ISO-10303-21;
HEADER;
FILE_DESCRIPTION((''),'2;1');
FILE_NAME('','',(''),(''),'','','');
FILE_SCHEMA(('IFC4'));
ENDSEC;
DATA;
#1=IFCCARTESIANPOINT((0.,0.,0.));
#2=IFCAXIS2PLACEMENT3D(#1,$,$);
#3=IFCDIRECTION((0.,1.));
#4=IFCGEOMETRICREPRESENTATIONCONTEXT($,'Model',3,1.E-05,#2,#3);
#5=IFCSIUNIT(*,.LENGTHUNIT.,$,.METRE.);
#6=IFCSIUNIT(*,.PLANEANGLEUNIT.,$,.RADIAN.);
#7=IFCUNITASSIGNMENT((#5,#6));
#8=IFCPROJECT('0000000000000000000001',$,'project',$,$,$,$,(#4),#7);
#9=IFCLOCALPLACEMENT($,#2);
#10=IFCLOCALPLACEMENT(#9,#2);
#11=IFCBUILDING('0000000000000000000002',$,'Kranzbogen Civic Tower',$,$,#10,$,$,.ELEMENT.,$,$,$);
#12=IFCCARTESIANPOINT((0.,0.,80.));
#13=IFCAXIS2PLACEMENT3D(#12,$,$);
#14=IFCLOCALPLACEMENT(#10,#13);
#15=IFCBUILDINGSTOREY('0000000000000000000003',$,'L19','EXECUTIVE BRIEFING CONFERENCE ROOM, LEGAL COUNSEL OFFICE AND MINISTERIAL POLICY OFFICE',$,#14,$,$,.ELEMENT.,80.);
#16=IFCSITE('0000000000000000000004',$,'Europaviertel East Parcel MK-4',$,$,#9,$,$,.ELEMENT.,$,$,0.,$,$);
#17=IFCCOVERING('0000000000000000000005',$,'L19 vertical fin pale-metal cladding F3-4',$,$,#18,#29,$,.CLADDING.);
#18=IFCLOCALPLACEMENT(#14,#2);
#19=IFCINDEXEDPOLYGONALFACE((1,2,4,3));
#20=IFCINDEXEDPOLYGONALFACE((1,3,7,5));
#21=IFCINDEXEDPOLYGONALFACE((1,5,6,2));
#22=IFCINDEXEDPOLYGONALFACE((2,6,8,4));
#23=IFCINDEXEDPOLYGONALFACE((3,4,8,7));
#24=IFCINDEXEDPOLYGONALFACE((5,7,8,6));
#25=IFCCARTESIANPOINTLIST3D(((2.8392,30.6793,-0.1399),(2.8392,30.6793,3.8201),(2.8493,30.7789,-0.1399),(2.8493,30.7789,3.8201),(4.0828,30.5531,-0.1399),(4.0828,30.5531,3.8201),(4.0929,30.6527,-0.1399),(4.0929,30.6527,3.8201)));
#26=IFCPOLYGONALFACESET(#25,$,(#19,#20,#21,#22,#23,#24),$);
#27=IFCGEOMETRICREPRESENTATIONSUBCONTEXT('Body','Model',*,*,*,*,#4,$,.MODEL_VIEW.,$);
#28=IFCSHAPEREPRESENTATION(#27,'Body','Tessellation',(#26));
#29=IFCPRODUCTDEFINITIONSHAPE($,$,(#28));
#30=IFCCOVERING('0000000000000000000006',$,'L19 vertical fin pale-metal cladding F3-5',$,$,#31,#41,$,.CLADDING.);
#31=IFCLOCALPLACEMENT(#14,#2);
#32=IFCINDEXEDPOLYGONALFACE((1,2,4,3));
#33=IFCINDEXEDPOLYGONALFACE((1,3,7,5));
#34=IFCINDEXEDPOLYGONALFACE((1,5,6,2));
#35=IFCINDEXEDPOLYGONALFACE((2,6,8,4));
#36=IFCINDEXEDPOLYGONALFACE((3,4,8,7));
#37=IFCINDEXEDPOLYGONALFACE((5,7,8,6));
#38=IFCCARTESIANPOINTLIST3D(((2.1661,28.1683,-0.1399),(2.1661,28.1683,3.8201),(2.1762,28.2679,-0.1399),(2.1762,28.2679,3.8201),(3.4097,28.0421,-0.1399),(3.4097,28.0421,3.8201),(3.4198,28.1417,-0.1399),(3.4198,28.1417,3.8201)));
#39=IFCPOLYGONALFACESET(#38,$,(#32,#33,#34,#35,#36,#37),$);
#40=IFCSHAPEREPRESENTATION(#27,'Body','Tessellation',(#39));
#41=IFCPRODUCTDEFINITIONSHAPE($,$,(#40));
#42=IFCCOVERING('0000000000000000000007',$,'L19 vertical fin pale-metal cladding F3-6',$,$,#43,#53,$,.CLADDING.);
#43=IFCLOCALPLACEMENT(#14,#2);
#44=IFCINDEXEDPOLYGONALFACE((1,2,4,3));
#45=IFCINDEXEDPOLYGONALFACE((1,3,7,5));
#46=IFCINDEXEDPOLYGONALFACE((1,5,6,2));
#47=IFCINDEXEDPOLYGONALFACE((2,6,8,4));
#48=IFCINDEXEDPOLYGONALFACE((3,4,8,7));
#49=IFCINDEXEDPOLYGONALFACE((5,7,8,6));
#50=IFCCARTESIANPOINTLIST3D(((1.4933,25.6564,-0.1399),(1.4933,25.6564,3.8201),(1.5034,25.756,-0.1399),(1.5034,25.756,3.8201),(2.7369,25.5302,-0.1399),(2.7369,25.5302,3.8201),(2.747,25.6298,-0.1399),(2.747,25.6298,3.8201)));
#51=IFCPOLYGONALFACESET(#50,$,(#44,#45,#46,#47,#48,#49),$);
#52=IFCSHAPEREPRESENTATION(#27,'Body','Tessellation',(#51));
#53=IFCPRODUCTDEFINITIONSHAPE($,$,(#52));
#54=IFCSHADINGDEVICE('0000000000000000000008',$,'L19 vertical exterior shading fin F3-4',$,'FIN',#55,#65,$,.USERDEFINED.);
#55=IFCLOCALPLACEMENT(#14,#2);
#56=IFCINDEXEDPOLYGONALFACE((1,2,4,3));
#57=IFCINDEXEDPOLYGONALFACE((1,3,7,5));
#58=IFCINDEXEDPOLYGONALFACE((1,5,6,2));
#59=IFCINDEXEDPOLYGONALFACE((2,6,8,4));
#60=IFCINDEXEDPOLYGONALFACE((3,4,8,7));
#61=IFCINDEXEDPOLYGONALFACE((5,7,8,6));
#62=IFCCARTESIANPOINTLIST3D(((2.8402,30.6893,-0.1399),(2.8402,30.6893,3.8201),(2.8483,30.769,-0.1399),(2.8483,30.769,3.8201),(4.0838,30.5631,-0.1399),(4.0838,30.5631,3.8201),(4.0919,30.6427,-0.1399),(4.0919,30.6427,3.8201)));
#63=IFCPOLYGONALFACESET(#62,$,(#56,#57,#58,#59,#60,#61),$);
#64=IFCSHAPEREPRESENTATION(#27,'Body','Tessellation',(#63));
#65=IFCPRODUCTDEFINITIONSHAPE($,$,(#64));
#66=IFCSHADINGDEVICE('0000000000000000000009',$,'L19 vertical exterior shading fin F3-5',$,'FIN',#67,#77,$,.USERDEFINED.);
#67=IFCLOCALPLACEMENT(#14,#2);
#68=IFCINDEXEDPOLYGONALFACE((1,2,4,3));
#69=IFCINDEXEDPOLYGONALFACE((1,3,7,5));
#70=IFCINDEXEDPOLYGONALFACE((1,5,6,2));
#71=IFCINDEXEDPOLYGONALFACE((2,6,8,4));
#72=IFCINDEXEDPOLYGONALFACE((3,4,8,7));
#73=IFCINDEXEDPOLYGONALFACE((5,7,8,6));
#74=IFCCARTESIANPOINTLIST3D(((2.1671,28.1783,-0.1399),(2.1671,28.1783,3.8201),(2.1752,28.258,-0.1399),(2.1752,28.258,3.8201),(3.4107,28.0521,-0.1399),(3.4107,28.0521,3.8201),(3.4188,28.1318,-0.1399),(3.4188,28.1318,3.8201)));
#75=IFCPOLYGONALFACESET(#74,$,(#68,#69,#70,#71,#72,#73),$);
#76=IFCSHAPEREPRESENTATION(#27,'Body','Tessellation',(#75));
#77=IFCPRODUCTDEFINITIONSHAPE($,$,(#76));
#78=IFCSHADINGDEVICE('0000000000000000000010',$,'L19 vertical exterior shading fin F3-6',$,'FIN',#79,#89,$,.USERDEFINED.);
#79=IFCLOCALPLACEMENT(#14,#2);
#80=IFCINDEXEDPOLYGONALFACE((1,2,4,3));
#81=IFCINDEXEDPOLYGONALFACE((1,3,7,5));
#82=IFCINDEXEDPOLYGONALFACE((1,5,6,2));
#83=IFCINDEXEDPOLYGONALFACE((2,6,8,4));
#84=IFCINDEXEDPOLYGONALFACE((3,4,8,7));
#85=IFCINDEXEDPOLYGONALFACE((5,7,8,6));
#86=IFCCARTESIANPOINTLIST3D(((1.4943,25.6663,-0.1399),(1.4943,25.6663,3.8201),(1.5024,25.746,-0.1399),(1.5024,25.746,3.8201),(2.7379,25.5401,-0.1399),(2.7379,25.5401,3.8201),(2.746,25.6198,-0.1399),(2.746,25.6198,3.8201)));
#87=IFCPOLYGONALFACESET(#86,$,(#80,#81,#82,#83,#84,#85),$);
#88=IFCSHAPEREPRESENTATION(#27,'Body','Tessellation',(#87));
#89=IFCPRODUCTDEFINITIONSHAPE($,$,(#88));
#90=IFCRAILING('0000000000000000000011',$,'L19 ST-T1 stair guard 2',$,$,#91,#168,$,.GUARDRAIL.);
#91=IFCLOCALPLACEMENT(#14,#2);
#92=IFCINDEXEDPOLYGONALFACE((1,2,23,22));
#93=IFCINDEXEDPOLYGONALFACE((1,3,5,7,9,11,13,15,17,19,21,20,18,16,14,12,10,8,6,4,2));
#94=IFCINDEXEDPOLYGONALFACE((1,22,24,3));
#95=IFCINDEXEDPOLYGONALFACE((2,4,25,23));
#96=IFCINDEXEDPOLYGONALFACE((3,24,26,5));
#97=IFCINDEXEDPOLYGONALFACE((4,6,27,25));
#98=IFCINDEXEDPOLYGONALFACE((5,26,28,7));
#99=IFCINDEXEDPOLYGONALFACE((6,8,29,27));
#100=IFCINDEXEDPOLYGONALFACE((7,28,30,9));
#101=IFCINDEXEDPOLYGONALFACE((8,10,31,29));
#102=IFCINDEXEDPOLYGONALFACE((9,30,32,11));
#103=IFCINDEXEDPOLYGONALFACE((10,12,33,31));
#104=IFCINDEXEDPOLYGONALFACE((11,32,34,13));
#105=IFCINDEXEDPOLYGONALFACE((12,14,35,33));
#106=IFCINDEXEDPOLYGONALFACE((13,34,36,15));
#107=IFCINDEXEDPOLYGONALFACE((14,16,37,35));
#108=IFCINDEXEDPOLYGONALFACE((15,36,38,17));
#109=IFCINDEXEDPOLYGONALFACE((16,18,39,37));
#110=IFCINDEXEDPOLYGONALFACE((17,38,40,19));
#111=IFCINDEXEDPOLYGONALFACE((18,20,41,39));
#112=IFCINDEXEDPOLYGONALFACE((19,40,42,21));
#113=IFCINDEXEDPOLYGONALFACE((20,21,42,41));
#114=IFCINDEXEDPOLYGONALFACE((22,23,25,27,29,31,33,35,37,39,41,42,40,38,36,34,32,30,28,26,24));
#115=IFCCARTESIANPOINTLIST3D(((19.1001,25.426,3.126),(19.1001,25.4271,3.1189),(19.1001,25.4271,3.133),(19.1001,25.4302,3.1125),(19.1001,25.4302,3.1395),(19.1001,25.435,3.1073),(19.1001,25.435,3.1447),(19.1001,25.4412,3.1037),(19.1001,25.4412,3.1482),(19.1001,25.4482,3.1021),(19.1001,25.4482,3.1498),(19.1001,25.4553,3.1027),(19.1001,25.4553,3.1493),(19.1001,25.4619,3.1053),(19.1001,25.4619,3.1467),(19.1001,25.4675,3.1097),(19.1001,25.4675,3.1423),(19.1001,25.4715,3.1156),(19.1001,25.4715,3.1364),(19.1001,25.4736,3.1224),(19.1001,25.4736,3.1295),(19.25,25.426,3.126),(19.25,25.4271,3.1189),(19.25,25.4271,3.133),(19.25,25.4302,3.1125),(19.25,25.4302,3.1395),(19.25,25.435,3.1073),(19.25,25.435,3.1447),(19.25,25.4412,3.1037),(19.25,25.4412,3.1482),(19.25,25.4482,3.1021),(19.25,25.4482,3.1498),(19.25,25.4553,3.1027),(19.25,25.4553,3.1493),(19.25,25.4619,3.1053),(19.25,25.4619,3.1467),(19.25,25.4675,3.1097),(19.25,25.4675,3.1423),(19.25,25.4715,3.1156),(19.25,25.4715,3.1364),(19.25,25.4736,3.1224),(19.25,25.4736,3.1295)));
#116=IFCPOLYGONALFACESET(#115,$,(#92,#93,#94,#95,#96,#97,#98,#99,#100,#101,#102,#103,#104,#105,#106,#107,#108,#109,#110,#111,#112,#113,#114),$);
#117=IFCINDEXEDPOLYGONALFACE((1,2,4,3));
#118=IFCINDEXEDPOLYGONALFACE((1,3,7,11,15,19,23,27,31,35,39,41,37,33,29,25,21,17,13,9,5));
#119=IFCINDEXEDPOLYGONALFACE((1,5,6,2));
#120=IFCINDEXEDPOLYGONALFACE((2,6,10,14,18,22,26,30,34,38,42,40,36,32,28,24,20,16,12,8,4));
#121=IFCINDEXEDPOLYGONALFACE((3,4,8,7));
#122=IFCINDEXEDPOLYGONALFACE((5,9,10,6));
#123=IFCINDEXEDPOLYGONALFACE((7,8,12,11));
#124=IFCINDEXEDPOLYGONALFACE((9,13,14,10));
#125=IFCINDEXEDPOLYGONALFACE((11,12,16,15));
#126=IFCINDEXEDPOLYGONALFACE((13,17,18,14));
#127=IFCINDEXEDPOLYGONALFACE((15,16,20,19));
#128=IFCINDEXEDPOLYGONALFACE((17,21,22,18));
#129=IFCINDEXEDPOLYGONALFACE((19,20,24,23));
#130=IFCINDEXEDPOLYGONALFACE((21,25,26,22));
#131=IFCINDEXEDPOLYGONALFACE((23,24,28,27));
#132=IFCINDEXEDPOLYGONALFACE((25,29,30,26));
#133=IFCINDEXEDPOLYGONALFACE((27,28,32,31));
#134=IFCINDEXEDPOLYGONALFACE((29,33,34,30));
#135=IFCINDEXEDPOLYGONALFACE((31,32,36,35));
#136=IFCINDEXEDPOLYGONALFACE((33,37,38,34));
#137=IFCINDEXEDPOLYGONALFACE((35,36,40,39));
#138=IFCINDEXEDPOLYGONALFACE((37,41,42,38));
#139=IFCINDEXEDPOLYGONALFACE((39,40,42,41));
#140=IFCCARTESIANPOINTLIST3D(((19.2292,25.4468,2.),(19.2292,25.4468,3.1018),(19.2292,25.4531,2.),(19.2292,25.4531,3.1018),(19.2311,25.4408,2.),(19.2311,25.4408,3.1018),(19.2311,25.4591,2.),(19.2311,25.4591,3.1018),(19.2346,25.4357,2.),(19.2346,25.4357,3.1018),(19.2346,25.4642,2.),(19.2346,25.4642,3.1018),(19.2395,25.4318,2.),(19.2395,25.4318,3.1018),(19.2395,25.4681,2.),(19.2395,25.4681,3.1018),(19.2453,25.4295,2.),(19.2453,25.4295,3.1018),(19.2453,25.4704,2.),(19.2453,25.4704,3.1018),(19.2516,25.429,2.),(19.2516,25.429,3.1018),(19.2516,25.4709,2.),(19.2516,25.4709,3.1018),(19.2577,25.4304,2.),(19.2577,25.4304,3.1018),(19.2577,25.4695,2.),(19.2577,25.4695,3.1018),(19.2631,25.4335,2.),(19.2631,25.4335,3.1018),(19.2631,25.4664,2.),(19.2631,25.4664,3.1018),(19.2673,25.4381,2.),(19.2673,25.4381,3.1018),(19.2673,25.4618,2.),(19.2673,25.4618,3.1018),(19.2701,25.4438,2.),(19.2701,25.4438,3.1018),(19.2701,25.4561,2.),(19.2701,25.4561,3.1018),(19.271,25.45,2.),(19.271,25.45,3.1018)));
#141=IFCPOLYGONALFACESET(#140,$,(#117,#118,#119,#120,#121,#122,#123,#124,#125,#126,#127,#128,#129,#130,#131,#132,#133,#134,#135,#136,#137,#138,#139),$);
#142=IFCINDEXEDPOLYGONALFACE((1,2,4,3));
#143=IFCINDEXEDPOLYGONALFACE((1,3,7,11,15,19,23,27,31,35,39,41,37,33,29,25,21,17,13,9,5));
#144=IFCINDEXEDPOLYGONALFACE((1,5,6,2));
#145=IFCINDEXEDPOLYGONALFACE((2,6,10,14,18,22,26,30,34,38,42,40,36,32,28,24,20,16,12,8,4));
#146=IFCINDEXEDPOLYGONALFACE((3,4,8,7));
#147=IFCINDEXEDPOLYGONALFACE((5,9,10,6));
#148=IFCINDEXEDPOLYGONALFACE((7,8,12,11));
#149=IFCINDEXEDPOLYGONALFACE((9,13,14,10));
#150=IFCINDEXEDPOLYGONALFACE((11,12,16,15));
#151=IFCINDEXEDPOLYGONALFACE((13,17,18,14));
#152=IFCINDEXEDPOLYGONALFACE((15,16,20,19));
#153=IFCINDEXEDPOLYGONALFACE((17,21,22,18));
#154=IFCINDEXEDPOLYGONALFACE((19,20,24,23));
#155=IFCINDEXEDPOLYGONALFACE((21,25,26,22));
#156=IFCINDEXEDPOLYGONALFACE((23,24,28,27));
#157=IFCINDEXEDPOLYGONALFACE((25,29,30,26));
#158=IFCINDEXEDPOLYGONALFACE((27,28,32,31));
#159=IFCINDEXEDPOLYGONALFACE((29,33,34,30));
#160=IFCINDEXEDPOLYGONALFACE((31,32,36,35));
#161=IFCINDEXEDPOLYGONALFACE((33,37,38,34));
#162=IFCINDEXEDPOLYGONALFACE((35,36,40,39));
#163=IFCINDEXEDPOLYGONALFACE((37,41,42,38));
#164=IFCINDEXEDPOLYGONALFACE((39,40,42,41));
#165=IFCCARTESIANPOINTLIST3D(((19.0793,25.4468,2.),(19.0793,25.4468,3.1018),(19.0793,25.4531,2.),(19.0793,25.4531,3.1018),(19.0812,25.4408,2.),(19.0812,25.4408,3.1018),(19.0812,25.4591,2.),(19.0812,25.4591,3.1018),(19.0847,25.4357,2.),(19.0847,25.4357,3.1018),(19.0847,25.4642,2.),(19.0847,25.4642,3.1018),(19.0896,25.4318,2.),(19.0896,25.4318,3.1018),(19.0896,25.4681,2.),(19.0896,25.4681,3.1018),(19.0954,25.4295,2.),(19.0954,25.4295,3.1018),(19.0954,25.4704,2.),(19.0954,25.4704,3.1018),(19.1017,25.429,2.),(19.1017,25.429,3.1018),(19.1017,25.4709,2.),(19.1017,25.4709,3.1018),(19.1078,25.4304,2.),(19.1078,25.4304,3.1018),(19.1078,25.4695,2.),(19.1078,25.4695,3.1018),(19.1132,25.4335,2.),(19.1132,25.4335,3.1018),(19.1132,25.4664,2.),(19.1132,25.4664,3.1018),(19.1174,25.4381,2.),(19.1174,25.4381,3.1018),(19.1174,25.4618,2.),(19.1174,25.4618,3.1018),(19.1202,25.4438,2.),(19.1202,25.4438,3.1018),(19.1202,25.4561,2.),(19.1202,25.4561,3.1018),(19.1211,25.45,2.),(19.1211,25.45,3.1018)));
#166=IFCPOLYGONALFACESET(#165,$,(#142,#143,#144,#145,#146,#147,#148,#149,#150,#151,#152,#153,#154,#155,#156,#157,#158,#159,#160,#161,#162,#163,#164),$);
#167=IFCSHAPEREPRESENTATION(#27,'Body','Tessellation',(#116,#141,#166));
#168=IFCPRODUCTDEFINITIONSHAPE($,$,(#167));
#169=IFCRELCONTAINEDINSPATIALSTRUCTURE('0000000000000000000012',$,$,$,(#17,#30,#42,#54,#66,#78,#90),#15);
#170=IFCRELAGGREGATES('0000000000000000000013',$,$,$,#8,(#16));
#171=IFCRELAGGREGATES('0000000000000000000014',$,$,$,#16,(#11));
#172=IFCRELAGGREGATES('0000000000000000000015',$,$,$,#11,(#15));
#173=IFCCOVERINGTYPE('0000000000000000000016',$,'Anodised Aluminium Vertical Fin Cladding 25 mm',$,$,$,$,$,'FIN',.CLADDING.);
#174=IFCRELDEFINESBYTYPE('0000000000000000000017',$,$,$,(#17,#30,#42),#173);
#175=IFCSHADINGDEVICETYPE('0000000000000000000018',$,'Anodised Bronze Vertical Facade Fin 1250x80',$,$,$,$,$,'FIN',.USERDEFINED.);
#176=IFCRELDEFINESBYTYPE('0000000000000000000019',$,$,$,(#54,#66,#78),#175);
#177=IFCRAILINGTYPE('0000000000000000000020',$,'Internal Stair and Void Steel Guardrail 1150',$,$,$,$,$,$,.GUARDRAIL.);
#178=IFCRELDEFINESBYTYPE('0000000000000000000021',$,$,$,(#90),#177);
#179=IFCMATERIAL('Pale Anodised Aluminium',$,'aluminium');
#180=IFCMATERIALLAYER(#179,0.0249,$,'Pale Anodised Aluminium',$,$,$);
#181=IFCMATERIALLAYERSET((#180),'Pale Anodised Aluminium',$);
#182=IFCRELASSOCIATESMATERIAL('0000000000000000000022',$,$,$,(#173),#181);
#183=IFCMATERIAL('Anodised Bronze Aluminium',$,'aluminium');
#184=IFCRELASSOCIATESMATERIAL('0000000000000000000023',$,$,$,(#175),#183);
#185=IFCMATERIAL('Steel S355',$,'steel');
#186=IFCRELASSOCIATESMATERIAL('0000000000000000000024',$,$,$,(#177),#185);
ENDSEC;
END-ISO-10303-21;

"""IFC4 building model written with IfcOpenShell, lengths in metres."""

from ifc_helpers import new_model, si_unit, direction, frame, origin, origin_2d, place, context, subcontext, project, spatial, rectangle, circle, extrude, material, layer, layer_set, type_object, element, save


model = new_model("IFC4")

# Units and contexts
model_context = context("Model", 3, precision=1e-05, world=origin(), true_north=direction((0.0, 1.0)))
body_context = subcontext(model_context, "Body", "Model", "MODEL_VIEW")
ifc_project = project(units=[si_unit("LENGTHUNIT", "METRE"), si_unit("PLANEANGLEUNIT", "RADIAN")], contexts=[model_context])

# Site, building, storey
site_placement = place(None, origin())
site = spatial("IfcSite", under=ifc_project, at=site_placement, Name="Europaviertel East Parcel MK-4", CompositionType="ELEMENT", RefElevation=0.0)
building_placement = place(site_placement, origin())
building = spatial("IfcBuilding", under=site, at=building_placement, Name="Kranzbogen Civic Tower", CompositionType="ELEMENT")
storey_placement = place(building_placement, frame((0.0, 0.0, 80.0)))
storey = spatial("IfcBuildingStorey", under=building, at=storey_placement, Name="L19", Description="EXECUTIVE BRIEFING CONFERENCE ROOM, LEGAL COUNSEL OFFICE AND MINISTERIAL POLICY OFFICE", CompositionType="ELEMENT", Elevation=80.0)

# Shared definitions
ifc_material_1 = material(Name="Steel S355", Category="steel")

# Shared definitions
ifc_material_2 = material(Name="Pale Anodised Aluminium", Category="aluminium")

# Coverings
ifc_layer_1 = layer(ifc_material_2, 0.0249, Name="Pale Anodised Aluminium")
ifc_layer_set_1 = layer_set([ifc_layer_1], Name="Pale Anodised Aluminium")
covering_type = type_object("IfcCoveringType", Name="Anodised Aluminium Vertical Fin Cladding 25 mm", ElementType="FIN", PredefinedType="CLADDING", material=ifc_layer_set_1)
for number, where, z_axis, x_axis, name in (
    (1, (3.4661, 30.666, -0.1399), (0.0, 0.0, 1.0), (-0.99489, 0.100969, 0.0), "L19 vertical fin pale-metal cladding F3-4"),
    (2, (2.793, 28.155, -0.1399), (0.0, 0.0, 1.0), (-0.99489, 0.100969, 0.0), "L19 vertical fin pale-metal cladding F3-5"),
    (3, (2.1201, 25.6431, -0.1399), (0.0, 0.0, 1.0), (-0.99489, 0.100969, 0.0), "L19 vertical fin pale-metal cladding F3-6"),
):
    element("IfcCovering", number, at=place(storey_placement, frame(where, z_axis=z_axis, x_axis=x_axis)), inside=storey, type_object=covering_type, Name=name, PredefinedType="CLADDING", context=body_context, shape_type="SweptSolid", body=[
        extrude(rectangle(XDim=1.25, YDim=0.1001, at=origin_2d()), origin(), (0.0, 0.0, 1.0), 3.96),
    ])

# Shading devices
ifc_material_3 = material(Name="Anodised Bronze Aluminium", Category="aluminium")
shading_device_type = type_object("IfcShadingDeviceType", Name="Anodised Bronze Vertical Facade Fin 1250x80", ElementType="FIN", PredefinedType="USERDEFINED", material=ifc_material_3)
for number, where, z_axis, x_axis, name in (
    (4, (3.4661, 30.666, -0.1399), (0.0, 0.0, 1.0), (-0.99489, 0.100969, 0.0), "L19 vertical exterior shading fin F3-4"),
    (5, (2.793, 28.155, -0.1399), (0.0, 0.0, 1.0), (-0.99489, 0.100969, 0.0), "L19 vertical exterior shading fin F3-5"),
    (6, (2.1201, 25.6431, -0.1399), (0.0, 0.0, 1.0), (-0.99489, 0.100969, 0.0), "L19 vertical exterior shading fin F3-6"),
):
    element("IfcShadingDevice", number, at=place(storey_placement, frame(where, z_axis=z_axis, x_axis=x_axis)), inside=storey, type_object=shading_device_type, Name=name, ObjectType="FIN", PredefinedType="USERDEFINED", context=body_context, shape_type="SweptSolid", body=[
        extrude(rectangle(XDim=1.25, YDim=0.0801, at=origin_2d()), origin(), (0.0, 0.0, 1.0), 3.96),
    ])

# Railing
railing_type_1 = type_object("IfcRailingType", Name="Internal Stair and Void Steel Guardrail 1150", PredefinedType="GUARDRAIL", material=ifc_material_1)
railing_1_placement = place(storey_placement, frame((19.25, 25.45, 2.0)))
element("IfcRailing", 7, at=railing_1_placement, inside=storey, type_object=railing_type_1, Name="L19 ST-T1 stair guard 2", PredefinedType="GUARDRAIL", context=body_context, shape_type="SweptSolid", body=[
    extrude(circle(Radius=0.0239, at=origin_2d()), frame((0.0, 0.0, 1.126), z_axis=(-1.0, 0.0, 0.0), x_axis=(0.0, -1.0, 0.0)), (0.0, 0.0, 1.0), 0.1499),
    extrude(circle(Radius=0.021, at=origin_2d()), origin(), (0.0, 0.0, 1.0), 1.1018),
    extrude(circle(Radius=0.021, at=origin_2d()), frame((-0.1499, 0.0, 0.0)), (0.0, 0.0, 1.0), 1.1018),
])

save(model, "model.ifc")
